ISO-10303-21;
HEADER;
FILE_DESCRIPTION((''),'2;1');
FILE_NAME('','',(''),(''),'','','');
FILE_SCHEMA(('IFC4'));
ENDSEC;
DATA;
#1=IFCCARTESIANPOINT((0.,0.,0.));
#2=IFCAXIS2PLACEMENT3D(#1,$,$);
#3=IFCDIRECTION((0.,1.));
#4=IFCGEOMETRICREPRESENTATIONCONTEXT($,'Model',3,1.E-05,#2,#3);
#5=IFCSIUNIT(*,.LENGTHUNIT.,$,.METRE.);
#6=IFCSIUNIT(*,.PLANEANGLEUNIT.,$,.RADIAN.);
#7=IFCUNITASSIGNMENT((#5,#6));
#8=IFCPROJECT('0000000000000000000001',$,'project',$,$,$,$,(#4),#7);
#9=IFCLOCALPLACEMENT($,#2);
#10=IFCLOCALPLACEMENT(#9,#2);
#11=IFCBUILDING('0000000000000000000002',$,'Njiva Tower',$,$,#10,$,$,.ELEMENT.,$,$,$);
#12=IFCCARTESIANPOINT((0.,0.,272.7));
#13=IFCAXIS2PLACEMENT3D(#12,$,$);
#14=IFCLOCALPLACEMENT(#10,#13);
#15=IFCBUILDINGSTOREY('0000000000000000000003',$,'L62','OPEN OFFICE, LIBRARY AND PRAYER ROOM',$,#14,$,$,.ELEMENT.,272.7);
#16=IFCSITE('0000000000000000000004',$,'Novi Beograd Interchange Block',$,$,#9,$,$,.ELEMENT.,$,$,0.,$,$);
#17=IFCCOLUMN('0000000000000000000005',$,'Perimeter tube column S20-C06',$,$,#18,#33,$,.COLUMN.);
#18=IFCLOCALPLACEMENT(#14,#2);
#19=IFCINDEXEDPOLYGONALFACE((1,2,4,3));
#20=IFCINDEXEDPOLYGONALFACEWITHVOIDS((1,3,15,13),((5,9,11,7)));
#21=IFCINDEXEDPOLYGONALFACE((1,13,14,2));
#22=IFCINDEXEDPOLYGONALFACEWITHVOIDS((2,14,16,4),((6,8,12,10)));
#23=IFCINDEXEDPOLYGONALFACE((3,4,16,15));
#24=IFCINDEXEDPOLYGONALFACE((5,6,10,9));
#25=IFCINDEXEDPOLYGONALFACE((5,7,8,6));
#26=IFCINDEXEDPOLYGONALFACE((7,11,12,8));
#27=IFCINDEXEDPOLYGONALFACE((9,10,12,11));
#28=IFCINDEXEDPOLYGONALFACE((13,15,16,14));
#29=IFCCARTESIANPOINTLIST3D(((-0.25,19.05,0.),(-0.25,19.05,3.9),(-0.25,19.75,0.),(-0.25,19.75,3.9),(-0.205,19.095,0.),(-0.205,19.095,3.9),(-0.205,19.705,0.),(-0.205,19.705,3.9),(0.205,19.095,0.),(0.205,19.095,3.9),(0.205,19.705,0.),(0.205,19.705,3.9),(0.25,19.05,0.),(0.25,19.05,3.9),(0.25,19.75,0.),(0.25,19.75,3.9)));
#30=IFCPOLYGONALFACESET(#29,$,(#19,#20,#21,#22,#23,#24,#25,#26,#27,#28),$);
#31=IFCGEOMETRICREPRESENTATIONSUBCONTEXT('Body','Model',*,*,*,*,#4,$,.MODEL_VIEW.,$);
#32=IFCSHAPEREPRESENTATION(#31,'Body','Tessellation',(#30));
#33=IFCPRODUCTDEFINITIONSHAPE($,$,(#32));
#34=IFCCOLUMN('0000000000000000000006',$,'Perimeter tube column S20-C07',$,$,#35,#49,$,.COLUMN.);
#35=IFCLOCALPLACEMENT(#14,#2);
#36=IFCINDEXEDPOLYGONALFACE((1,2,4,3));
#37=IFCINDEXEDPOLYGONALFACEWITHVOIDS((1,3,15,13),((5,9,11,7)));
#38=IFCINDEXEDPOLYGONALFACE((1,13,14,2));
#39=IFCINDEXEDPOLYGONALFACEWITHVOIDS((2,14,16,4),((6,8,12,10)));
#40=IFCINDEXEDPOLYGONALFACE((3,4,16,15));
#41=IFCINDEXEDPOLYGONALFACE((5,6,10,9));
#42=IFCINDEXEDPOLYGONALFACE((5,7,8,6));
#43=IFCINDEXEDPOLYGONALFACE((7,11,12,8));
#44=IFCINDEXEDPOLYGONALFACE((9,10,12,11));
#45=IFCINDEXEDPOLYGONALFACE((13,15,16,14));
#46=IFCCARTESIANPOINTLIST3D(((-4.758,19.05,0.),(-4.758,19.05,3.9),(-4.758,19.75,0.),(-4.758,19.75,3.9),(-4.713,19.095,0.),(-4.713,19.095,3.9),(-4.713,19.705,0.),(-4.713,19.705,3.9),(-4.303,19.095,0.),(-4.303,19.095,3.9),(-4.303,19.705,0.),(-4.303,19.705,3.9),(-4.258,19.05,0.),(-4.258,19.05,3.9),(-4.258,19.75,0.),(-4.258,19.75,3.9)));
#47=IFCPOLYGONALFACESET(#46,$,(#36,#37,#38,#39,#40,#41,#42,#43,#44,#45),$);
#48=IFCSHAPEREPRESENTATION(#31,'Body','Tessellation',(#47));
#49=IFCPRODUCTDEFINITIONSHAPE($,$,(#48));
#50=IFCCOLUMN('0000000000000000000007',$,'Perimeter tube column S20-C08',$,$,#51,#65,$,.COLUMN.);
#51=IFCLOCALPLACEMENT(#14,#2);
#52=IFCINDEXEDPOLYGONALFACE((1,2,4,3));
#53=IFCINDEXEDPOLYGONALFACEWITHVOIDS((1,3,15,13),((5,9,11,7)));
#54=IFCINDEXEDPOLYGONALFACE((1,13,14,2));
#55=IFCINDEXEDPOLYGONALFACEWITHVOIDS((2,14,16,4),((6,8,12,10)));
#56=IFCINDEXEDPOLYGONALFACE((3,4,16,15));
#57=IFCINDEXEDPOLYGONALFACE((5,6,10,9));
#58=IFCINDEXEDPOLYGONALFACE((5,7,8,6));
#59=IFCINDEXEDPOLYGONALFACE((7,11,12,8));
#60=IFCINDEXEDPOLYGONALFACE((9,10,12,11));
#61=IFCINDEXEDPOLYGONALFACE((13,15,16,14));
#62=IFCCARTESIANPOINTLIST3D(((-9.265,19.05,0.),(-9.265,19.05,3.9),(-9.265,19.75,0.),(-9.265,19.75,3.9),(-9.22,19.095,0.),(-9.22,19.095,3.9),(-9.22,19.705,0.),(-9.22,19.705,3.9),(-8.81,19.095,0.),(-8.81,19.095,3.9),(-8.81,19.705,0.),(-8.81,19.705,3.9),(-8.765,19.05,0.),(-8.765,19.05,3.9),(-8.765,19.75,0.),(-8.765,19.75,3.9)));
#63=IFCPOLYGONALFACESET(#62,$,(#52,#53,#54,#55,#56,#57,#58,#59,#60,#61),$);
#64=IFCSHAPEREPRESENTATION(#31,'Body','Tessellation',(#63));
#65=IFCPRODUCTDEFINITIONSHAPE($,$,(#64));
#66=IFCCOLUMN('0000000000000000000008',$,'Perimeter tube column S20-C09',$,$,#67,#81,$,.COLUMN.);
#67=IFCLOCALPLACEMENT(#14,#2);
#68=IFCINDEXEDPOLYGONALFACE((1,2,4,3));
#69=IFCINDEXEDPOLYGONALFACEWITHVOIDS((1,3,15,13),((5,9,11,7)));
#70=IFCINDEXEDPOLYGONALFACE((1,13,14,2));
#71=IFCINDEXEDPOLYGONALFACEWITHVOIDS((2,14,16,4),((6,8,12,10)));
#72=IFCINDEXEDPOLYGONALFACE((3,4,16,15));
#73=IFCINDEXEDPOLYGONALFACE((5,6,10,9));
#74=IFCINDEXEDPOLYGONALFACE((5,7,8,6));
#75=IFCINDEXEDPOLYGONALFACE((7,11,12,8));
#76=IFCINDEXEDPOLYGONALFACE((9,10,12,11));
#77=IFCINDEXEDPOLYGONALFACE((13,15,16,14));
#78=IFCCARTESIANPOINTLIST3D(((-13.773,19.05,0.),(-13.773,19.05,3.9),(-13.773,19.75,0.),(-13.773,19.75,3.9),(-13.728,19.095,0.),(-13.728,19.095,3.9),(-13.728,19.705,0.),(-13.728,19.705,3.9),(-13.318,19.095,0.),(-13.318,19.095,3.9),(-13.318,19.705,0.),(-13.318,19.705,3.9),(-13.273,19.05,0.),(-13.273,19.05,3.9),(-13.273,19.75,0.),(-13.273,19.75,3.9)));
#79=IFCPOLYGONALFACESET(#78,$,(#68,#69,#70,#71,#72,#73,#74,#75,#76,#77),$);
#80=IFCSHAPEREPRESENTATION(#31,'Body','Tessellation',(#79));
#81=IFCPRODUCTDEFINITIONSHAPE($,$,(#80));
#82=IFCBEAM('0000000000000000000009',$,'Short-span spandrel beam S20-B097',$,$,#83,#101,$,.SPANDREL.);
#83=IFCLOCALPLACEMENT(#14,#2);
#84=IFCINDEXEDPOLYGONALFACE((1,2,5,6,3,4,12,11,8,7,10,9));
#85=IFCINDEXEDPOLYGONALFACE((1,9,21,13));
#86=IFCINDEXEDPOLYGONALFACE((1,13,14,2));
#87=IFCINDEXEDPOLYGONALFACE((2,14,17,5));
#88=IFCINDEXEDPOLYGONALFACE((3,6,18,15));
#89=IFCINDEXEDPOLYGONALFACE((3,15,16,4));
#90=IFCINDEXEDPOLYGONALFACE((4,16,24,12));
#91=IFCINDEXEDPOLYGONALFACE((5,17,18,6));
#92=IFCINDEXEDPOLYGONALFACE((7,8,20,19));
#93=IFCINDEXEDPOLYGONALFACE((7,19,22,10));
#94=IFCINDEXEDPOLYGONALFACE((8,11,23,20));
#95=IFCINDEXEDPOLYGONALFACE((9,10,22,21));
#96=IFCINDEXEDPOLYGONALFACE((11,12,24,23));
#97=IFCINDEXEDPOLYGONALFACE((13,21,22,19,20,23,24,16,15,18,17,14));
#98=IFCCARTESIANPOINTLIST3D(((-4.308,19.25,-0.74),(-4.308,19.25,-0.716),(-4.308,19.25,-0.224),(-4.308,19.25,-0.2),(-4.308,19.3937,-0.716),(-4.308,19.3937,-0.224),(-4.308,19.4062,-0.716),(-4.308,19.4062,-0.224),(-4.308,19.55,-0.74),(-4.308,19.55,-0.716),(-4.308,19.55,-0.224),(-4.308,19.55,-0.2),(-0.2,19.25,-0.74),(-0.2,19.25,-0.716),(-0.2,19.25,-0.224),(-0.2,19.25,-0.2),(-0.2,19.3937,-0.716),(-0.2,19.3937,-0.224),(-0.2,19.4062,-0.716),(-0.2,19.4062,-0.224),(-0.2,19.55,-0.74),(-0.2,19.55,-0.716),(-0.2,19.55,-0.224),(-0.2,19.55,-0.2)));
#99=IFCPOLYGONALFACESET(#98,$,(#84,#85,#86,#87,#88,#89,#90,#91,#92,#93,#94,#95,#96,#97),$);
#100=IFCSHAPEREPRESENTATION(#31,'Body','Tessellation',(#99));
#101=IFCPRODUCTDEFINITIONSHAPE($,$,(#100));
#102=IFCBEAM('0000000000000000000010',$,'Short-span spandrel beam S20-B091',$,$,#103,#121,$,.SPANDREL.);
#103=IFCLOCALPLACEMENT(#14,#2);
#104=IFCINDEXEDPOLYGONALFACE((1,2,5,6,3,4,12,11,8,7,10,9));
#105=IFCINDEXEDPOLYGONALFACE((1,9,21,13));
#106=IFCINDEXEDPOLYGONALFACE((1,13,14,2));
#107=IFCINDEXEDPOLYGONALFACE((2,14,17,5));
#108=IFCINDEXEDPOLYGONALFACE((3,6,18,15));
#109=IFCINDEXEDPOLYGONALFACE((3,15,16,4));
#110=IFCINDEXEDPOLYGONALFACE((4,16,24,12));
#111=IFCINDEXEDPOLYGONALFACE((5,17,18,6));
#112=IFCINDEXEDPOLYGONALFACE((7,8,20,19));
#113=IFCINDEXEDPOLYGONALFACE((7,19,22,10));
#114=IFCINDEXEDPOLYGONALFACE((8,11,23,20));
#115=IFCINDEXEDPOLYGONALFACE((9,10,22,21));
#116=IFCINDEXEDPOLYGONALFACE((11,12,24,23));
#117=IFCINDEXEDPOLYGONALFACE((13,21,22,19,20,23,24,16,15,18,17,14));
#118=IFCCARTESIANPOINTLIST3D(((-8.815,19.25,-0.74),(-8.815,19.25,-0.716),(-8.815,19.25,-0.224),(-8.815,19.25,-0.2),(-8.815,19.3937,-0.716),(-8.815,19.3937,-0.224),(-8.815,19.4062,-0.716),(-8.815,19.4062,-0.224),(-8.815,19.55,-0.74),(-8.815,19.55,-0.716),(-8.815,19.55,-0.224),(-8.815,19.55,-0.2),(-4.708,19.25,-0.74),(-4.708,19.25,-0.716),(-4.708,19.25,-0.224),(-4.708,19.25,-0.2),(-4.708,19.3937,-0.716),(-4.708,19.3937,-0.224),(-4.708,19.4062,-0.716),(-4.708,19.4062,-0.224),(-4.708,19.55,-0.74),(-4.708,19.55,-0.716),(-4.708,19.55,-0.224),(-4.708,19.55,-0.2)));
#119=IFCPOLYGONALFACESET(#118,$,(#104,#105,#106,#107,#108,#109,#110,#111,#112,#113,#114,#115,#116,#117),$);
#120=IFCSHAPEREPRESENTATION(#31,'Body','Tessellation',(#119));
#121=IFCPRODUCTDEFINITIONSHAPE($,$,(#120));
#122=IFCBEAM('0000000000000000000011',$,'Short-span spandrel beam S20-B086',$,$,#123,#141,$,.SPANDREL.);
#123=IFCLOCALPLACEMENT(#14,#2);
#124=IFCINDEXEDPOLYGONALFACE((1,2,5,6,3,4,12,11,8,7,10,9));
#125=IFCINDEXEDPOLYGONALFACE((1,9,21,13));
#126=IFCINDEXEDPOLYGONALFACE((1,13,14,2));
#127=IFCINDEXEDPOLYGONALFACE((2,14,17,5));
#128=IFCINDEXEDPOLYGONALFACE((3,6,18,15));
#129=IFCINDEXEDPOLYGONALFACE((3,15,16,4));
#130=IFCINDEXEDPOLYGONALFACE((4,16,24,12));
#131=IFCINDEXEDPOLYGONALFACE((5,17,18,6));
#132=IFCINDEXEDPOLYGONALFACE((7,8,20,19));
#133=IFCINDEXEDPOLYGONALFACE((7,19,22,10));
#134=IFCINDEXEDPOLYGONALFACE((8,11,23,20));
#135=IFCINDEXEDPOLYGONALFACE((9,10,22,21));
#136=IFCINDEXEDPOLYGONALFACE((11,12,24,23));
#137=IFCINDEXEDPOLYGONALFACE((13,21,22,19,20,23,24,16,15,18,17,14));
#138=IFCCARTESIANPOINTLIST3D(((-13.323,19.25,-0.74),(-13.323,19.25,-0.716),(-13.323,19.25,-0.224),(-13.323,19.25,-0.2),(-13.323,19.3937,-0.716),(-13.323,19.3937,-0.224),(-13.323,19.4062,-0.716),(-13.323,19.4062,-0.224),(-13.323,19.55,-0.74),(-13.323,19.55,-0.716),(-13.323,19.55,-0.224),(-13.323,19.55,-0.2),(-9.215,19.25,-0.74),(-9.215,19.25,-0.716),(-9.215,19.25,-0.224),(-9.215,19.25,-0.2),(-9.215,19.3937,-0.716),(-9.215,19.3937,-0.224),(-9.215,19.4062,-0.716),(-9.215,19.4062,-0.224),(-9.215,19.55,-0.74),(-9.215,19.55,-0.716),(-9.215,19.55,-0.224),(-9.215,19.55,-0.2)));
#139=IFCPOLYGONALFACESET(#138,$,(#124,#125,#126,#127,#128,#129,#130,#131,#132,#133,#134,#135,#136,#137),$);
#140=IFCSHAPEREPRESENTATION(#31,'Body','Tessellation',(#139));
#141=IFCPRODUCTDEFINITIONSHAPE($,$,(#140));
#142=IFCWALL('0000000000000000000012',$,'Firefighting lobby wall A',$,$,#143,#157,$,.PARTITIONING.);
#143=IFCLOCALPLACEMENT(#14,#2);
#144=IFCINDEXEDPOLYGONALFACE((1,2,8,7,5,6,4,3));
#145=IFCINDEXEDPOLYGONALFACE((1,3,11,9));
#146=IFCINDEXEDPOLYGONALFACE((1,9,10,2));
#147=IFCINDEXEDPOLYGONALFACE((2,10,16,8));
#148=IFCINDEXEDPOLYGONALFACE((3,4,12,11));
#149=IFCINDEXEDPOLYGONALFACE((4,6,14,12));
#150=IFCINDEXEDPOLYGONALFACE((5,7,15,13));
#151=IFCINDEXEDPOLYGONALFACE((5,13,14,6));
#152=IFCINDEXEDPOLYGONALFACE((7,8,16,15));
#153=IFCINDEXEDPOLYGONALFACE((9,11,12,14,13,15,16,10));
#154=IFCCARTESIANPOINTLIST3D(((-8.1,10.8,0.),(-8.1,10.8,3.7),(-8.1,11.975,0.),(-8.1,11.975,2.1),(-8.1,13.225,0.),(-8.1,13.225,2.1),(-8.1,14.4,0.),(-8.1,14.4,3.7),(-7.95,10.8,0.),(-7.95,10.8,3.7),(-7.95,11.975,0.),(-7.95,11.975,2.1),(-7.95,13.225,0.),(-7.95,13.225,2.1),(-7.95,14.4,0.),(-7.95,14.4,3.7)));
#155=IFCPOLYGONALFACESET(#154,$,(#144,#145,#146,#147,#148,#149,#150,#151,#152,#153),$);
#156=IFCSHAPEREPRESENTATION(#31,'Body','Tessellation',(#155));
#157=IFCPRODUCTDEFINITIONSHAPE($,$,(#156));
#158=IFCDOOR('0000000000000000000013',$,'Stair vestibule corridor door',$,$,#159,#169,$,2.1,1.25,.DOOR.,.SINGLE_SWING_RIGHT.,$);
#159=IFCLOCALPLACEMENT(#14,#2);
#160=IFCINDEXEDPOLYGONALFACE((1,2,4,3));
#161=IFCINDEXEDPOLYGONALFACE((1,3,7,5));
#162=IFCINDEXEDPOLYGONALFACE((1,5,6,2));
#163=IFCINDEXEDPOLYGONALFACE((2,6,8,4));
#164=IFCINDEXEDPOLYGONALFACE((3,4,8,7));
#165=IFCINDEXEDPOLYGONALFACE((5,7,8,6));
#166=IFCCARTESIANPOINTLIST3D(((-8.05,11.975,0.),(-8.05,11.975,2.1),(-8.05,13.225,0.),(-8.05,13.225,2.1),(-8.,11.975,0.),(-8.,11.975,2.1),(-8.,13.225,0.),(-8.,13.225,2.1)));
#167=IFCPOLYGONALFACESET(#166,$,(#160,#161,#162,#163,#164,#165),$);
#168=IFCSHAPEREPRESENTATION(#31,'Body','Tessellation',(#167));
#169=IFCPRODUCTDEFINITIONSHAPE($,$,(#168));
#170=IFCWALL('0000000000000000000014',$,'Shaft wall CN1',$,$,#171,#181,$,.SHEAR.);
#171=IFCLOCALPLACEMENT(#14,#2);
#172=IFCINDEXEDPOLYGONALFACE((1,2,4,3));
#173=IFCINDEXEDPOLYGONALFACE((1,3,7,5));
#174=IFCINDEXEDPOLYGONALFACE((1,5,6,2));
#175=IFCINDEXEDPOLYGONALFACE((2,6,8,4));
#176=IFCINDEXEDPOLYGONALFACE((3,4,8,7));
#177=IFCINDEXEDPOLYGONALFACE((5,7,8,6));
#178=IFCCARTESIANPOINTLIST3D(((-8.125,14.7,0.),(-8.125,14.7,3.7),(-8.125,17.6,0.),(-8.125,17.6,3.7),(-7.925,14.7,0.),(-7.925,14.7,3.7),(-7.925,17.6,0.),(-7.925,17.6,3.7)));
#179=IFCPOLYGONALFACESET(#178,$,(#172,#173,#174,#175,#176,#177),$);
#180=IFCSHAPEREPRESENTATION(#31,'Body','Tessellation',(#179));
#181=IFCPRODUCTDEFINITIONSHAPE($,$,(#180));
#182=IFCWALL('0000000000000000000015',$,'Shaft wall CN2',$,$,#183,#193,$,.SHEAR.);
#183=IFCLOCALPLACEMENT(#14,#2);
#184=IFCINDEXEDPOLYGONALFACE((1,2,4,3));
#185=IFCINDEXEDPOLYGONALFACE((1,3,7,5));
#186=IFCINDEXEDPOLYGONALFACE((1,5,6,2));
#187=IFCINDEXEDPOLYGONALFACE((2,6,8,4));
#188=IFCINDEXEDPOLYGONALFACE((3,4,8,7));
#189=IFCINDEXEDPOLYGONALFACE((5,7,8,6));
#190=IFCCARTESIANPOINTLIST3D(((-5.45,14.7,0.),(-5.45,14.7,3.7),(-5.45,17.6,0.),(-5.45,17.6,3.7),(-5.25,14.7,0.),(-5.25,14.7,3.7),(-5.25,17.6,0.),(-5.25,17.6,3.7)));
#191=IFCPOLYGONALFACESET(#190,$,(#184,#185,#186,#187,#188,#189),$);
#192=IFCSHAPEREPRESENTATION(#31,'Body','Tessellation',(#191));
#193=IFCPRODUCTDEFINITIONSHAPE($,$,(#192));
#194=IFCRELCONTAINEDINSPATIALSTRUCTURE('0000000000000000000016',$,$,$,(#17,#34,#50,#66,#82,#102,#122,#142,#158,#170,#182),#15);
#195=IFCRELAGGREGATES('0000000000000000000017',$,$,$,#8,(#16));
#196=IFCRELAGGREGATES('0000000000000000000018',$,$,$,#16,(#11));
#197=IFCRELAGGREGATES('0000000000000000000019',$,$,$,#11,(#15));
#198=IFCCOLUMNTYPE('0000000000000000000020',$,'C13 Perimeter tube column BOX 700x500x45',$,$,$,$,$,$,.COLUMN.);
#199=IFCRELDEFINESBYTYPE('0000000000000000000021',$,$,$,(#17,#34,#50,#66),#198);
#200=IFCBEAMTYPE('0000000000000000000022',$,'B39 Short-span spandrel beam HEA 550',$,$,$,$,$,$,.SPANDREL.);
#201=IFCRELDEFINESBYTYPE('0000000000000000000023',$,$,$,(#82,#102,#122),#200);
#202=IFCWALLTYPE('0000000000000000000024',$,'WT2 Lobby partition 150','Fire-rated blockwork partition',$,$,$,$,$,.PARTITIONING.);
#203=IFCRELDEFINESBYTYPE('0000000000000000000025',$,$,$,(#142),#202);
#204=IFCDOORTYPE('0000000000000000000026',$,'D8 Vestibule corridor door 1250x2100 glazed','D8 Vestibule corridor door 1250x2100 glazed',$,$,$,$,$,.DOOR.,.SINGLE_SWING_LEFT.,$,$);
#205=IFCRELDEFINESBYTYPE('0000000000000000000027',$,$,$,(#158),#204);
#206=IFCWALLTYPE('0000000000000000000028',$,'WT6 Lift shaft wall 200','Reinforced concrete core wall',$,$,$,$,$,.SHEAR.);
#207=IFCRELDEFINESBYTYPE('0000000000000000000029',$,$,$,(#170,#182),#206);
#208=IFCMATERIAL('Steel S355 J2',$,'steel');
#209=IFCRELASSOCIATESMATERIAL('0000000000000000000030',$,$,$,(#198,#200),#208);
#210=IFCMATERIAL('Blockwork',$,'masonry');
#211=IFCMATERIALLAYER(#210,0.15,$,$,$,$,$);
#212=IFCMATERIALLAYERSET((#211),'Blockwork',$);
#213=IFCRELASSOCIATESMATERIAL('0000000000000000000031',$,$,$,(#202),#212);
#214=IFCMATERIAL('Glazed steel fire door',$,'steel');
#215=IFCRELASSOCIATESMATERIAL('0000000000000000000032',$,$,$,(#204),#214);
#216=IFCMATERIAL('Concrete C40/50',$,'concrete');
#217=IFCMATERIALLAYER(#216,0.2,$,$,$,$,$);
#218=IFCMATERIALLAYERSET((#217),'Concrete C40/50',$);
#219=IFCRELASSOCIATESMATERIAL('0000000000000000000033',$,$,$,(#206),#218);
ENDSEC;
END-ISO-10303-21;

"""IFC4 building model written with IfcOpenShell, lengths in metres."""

from ifc_helpers import new_model, si_unit, direction, frame, frame_2d, origin, origin_2d, place, context, subcontext, project, spatial, rectangle, hollow_rectangle, i_section, extrude, material, layer, layer_set, material_profile, profile_set, type_object, element, fill, save


model = new_model("IFC4")

# Units and contexts
model_context = context("Model", 3, precision=1e-05, world=origin(), true_north=direction((0.0, 1.0)))
body_context = subcontext(model_context, "Body", "Model", "MODEL_VIEW")
ifc_project = project(units=[si_unit("LENGTHUNIT", "METRE"), si_unit("PLANEANGLEUNIT", "RADIAN")], contexts=[model_context])

# Site, building, storey
site_placement = place(None, origin())
site = spatial("IfcSite", under=ifc_project, at=site_placement, Name="Novi Beograd Interchange Block", CompositionType="ELEMENT", RefElevation=0.0)
building_placement = place(site_placement, origin())
building = spatial("IfcBuilding", under=site, at=building_placement, Name="Njiva Tower", CompositionType="ELEMENT")
storey_placement = place(building_placement, frame((0.0, 0.0, 272.7)))
storey = spatial("IfcBuildingStorey", under=building, at=storey_placement, Name="L62", Description="OPEN OFFICE, LIBRARY AND PRAYER ROOM", CompositionType="ELEMENT", Elevation=272.7)

# Columns
ifc_material_1 = material(Name="Steel S355 J2", Category="steel")
ifc_material_profile_1 = material_profile(ifc_material_1, hollow_rectangle(XDim=0.5, YDim=0.7, WallThickness=0.045, at=origin_2d()), Name="BOX 700x500x45")
ifc_profile_set_1 = profile_set([ifc_material_profile_1], Name="Steel S355 J2")
column_type = type_object("IfcColumnType", Name="C13 Perimeter tube column BOX 700x500x45", PredefinedType="COLUMN", material=ifc_profile_set_1)
for number, where, z_axis, x_axis, name in (
    (1, (0.0, 19.4, 0.0), (0.0, 0.0, 1.0), (-1.0, 0.0, 0.0), "Perimeter tube column S20-C06"),
    (2, (-4.508, 19.4, 0.0), (0.0, 0.0, 1.0), (-1.0, 0.0, 0.0), "Perimeter tube column S20-C07"),
    (3, (-9.015, 19.4, 0.0), (0.0, 0.0, 1.0), (-1.0, 0.0, 0.0), "Perimeter tube column S20-C08"),
    (4, (-13.523, 19.4, 0.0), (0.0, 0.0, 1.0), (-1.0, 0.0, 0.0), "Perimeter tube column S20-C09"),
):
    element("IfcColumn", number, at=place(storey_placement, frame(where, z_axis=z_axis, x_axis=x_axis)), inside=storey, type_object=column_type, Name=name, PredefinedType="COLUMN", context=body_context, shape_type="SweptSolid", body=[
        extrude(hollow_rectangle(XDim=0.5, YDim=0.7, WallThickness=0.045, at=origin_2d()), origin(), (0.0, 0.0, 1.0), 3.9),
    ])

# Beams
ifc_material_profile_2 = material_profile(ifc_material_1, i_section(OverallWidth=0.3, OverallDepth=0.54, WebThickness=0.0125, FlangeThickness=0.024, at=origin_2d()), Name="HEA 550")
ifc_profile_set_2 = profile_set([ifc_material_profile_2], Name="Steel S355 J2")
beam_type = type_object("IfcBeamType", Name="B39 Short-span spandrel beam HEA 550", PredefinedType="SPANDREL", material=ifc_profile_set_2)
beam_1_placement = place(storey_placement, frame((-0.2, 19.4, -0.47), z_axis=(-1.0, 0.0, 0.0), x_axis=(0.0, -1.0, 0.0)))
element("IfcBeam", 5, at=beam_1_placement, inside=storey, type_object=beam_type, Name="Short-span spandrel beam S20-B097", PredefinedType="SPANDREL", context=body_context, shape_type="SweptSolid", body=[
    extrude(i_section(OverallWidth=0.3, OverallDepth=0.54, WebThickness=0.0125, FlangeThickness=0.024, at=origin_2d()), origin(), (0.0, 0.0, 1.0), 4.108),
])
beam_2_placement = place(storey_placement, frame((-4.708, 19.4, -0.47), z_axis=(-1.0, 0.0, 0.0), x_axis=(0.0, -1.0, 0.0)))
element("IfcBeam", 6, at=beam_2_placement, inside=storey, type_object=beam_type, Name="Short-span spandrel beam S20-B091", PredefinedType="SPANDREL", context=body_context, shape_type="SweptSolid", body=[
    extrude(i_section(OverallWidth=0.3, OverallDepth=0.54, WebThickness=0.0125, FlangeThickness=0.024, at=origin_2d()), origin(), (0.0, 0.0, 1.0), 4.107),
])
beam_3_placement = place(storey_placement, frame((-9.215, 19.4, -0.47), z_axis=(-1.0, 0.0, 0.0), x_axis=(0.0, -1.0, 0.0)))
element("IfcBeam", 7, at=beam_3_placement, inside=storey, type_object=beam_type, Name="Short-span spandrel beam S20-B086", PredefinedType="SPANDREL", context=body_context, shape_type="SweptSolid", body=[
    extrude(i_section(OverallWidth=0.3, OverallDepth=0.54, WebThickness=0.0125, FlangeThickness=0.024, at=origin_2d()), origin(), (0.0, 0.0, 1.0), 4.108),
])

# Wall, opening, door
ifc_material_2 = material(Name="Blockwork", Category="masonry")
ifc_layer_1 = layer(ifc_material_2, 0.15)
ifc_layer_set_1 = layer_set([ifc_layer_1], Name="Blockwork")
wall_type_1 = type_object("IfcWallType", Name="WT2 Lobby partition 150", Description="Fire-rated blockwork partition", PredefinedType="PARTITIONING", material=ifc_layer_set_1)
wall_1_placement = place(storey_placement, frame((-8.025, 10.8, 0.0), z_axis=(0.0, 0.0, 1.0), x_axis=(0.0, 1.0, 0.0)))
wall_1 = element("IfcWall", 8, at=wall_1_placement, inside=storey, type_object=wall_type_1, Name="Firefighting lobby wall A", PredefinedType="PARTITIONING", context=body_context, shape_type="SweptSolid", body=[
    extrude(rectangle(XDim=3.6, YDim=0.15, at=frame_2d((1.8, 0.0))), origin(), (0.0, 0.0, 1.0), 3.7),
])
opening_1_placement = place(wall_1_placement, frame((1.175, 0.0, 0.0)))
opening_1 = element("IfcOpeningElement", 9, at=opening_1_placement, cuts=wall_1, PredefinedType="OPENING", context=body_context, shape_type="SweptSolid", body=[
    extrude(rectangle(XDim=1.25, YDim=2.1, at=frame_2d((0.625, 1.05))), frame((0.0, 0.085, 0.0), z_axis=(0.0, -1.0, 0.0), x_axis=(1.0, 0.0, 0.0)), (0.0, 0.0, 1.0), 0.17),
])
ifc_material_3 = material(Name="Glazed steel fire door", Category="steel")
door_type_1 = type_object("IfcDoorType", Name="D8 Vestibule corridor door 1250x2100 glazed", Description="D8 Vestibule corridor door 1250x2100 glazed", OperationType="SINGLE_SWING_LEFT", PredefinedType="DOOR", material=ifc_material_3)
door_1_placement = place(opening_1_placement, origin())
door_1 = element("IfcDoor", 10, at=door_1_placement, inside=storey, type_object=door_type_1, Name="Stair vestibule corridor door", OperationType="SINGLE_SWING_RIGHT", OverallHeight=2.1, OverallWidth=1.25, PredefinedType="DOOR", context=body_context, shape_type="SweptSolid", body=[
    extrude(rectangle(XDim=1.25, YDim=2.1, at=frame_2d((0.625, 1.05))), frame((0.0, 0.025, 0.0), z_axis=(0.0, -1.0, 0.0), x_axis=(1.0, 0.0, 0.0)), (0.0, 0.0, 1.0), 0.05),
])
fill(opening_1, door_1)

# Walls
ifc_material_4 = material(Name="Concrete C40/50", Category="concrete")
ifc_layer_2 = layer(ifc_material_4, 0.2)
ifc_layer_set_2 = layer_set([ifc_layer_2], Name="Concrete C40/50")
wall_type_2 = type_object("IfcWallType", Name="WT6 Lift shaft wall 200", Description="Reinforced concrete core wall", PredefinedType="SHEAR", material=ifc_layer_set_2)
for number, where, z_axis, x_axis, name in (
    (11, (-8.025, 14.7, 0.0), (0.0, 0.0, 1.0), (0.0, 1.0, 0.0), "Shaft wall CN1"),
    (12, (-5.35, 14.7, 0.0), (0.0, 0.0, 1.0), (0.0, 1.0, 0.0), "Shaft wall CN2"),
):
    element("IfcWall", number, at=place(storey_placement, frame(where, z_axis=z_axis, x_axis=x_axis)), inside=storey, type_object=wall_type_2, Name=name, PredefinedType="SHEAR", context=body_context, shape_type="SweptSolid", body=[
        extrude(rectangle(XDim=2.9, YDim=0.2, at=frame_2d((1.45, 0.0))), origin(), (0.0, 0.0, 1.0), 3.7),
    ])

save(model, "model.ifc")
